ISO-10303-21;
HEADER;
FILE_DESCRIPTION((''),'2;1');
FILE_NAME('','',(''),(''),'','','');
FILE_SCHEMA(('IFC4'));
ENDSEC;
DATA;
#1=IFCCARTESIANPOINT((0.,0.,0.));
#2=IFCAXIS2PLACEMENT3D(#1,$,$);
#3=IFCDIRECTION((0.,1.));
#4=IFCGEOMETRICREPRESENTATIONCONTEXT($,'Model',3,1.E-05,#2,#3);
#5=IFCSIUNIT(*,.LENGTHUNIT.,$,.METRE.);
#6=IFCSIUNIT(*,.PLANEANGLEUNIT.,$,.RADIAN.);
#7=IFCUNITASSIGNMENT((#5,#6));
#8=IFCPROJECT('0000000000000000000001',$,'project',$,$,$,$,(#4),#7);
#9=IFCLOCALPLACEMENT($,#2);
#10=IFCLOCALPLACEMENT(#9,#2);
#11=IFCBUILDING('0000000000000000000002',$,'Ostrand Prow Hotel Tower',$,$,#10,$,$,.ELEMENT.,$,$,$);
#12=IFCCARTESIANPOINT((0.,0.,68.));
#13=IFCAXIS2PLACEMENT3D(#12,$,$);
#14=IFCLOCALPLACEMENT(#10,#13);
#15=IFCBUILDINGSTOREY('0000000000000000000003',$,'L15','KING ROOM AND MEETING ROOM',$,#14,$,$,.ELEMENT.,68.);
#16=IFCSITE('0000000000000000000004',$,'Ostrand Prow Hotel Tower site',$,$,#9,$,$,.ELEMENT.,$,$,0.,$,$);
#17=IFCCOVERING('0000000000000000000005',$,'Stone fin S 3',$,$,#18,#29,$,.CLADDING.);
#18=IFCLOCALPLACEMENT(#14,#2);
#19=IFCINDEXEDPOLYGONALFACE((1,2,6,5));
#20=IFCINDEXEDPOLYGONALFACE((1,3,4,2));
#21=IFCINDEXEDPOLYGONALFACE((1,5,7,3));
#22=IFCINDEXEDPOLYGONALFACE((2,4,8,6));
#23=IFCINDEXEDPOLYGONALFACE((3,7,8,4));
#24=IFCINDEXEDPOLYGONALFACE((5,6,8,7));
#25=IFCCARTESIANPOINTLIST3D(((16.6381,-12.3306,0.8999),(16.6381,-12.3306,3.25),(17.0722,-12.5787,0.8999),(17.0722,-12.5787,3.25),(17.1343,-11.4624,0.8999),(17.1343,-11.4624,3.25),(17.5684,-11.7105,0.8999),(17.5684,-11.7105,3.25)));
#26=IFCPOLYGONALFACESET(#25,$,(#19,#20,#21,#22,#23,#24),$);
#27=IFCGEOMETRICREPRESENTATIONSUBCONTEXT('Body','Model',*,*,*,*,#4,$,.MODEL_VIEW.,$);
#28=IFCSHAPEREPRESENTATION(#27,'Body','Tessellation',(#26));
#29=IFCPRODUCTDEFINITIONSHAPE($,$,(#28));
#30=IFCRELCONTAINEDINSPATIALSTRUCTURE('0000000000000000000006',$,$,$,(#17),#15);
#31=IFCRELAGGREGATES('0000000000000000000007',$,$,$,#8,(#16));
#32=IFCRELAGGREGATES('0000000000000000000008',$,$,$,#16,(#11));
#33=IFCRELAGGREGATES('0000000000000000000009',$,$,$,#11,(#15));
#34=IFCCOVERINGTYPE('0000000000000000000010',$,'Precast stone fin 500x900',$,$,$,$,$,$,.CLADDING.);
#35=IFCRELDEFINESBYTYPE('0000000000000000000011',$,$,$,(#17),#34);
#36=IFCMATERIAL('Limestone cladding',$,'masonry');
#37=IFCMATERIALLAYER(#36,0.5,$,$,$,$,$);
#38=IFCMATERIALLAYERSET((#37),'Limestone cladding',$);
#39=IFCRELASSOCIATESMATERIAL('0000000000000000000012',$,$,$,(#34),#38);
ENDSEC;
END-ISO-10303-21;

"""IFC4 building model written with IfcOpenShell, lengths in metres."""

from ifc_helpers import new_model, si_unit, direction, frame, frame_2d, origin, place, context, subcontext, project, spatial, rectangle, extrude, material, layer, layer_set, type_object, element, save


model = new_model("IFC4")

# Units and contexts
model_context = context("Model", 3, precision=1e-05, world=origin(), true_north=direction((0.0, 1.0)))
body_context = subcontext(model_context, "Body", "Model", "MODEL_VIEW")
ifc_project = project(units=[si_unit("LENGTHUNIT", "METRE"), si_unit("PLANEANGLEUNIT", "RADIAN")], contexts=[model_context])

# Site, building, storey
site_placement = place(None, origin())
site = spatial("IfcSite", under=ifc_project, at=site_placement, Name="Ostrand Prow Hotel Tower site", CompositionType="ELEMENT", RefElevation=0.0)
building_placement = place(site_placement, origin())
building = spatial("IfcBuilding", under=site, at=building_placement, Name="Ostrand Prow Hotel Tower", CompositionType="ELEMENT")
storey_placement = place(building_placement, frame((0.0, 0.0, 68.0)))
storey = spatial("IfcBuildingStorey", under=building, at=storey_placement, Name="L15", Description="KING ROOM AND MEETING ROOM", CompositionType="ELEMENT", Elevation=68.0)

# Covering
ifc_material_1 = material(Name="Limestone cladding", Category="masonry")
ifc_layer_1 = layer(ifc_material_1, 0.5)
ifc_layer_set_1 = layer_set([ifc_layer_1], Name="Limestone cladding")
covering_type = type_object("IfcCoveringType", Name="Precast stone fin 500x900", PredefinedType="CLADDING", material=ifc_layer_set_1)
covering_placement = place(storey_placement, frame((17.3513, -11.5864, 0.8999), z_axis=(0.0, 0.0, 1.0), x_axis=(-0.496139, -0.868243, 0.0)))
element("IfcCovering", 1, at=covering_placement, inside=storey, type_object=covering_type, Name="Stone fin S 3", PredefinedType="CLADDING", context=body_context, shape_type="SweptSolid", body=[
    extrude(rectangle(XDim=1.0, YDim=0.5, at=frame_2d((0.5, 0.0))), origin(), (0.0, 0.0, 1.0), 2.3501),
])

save(model, "model.ifc")
